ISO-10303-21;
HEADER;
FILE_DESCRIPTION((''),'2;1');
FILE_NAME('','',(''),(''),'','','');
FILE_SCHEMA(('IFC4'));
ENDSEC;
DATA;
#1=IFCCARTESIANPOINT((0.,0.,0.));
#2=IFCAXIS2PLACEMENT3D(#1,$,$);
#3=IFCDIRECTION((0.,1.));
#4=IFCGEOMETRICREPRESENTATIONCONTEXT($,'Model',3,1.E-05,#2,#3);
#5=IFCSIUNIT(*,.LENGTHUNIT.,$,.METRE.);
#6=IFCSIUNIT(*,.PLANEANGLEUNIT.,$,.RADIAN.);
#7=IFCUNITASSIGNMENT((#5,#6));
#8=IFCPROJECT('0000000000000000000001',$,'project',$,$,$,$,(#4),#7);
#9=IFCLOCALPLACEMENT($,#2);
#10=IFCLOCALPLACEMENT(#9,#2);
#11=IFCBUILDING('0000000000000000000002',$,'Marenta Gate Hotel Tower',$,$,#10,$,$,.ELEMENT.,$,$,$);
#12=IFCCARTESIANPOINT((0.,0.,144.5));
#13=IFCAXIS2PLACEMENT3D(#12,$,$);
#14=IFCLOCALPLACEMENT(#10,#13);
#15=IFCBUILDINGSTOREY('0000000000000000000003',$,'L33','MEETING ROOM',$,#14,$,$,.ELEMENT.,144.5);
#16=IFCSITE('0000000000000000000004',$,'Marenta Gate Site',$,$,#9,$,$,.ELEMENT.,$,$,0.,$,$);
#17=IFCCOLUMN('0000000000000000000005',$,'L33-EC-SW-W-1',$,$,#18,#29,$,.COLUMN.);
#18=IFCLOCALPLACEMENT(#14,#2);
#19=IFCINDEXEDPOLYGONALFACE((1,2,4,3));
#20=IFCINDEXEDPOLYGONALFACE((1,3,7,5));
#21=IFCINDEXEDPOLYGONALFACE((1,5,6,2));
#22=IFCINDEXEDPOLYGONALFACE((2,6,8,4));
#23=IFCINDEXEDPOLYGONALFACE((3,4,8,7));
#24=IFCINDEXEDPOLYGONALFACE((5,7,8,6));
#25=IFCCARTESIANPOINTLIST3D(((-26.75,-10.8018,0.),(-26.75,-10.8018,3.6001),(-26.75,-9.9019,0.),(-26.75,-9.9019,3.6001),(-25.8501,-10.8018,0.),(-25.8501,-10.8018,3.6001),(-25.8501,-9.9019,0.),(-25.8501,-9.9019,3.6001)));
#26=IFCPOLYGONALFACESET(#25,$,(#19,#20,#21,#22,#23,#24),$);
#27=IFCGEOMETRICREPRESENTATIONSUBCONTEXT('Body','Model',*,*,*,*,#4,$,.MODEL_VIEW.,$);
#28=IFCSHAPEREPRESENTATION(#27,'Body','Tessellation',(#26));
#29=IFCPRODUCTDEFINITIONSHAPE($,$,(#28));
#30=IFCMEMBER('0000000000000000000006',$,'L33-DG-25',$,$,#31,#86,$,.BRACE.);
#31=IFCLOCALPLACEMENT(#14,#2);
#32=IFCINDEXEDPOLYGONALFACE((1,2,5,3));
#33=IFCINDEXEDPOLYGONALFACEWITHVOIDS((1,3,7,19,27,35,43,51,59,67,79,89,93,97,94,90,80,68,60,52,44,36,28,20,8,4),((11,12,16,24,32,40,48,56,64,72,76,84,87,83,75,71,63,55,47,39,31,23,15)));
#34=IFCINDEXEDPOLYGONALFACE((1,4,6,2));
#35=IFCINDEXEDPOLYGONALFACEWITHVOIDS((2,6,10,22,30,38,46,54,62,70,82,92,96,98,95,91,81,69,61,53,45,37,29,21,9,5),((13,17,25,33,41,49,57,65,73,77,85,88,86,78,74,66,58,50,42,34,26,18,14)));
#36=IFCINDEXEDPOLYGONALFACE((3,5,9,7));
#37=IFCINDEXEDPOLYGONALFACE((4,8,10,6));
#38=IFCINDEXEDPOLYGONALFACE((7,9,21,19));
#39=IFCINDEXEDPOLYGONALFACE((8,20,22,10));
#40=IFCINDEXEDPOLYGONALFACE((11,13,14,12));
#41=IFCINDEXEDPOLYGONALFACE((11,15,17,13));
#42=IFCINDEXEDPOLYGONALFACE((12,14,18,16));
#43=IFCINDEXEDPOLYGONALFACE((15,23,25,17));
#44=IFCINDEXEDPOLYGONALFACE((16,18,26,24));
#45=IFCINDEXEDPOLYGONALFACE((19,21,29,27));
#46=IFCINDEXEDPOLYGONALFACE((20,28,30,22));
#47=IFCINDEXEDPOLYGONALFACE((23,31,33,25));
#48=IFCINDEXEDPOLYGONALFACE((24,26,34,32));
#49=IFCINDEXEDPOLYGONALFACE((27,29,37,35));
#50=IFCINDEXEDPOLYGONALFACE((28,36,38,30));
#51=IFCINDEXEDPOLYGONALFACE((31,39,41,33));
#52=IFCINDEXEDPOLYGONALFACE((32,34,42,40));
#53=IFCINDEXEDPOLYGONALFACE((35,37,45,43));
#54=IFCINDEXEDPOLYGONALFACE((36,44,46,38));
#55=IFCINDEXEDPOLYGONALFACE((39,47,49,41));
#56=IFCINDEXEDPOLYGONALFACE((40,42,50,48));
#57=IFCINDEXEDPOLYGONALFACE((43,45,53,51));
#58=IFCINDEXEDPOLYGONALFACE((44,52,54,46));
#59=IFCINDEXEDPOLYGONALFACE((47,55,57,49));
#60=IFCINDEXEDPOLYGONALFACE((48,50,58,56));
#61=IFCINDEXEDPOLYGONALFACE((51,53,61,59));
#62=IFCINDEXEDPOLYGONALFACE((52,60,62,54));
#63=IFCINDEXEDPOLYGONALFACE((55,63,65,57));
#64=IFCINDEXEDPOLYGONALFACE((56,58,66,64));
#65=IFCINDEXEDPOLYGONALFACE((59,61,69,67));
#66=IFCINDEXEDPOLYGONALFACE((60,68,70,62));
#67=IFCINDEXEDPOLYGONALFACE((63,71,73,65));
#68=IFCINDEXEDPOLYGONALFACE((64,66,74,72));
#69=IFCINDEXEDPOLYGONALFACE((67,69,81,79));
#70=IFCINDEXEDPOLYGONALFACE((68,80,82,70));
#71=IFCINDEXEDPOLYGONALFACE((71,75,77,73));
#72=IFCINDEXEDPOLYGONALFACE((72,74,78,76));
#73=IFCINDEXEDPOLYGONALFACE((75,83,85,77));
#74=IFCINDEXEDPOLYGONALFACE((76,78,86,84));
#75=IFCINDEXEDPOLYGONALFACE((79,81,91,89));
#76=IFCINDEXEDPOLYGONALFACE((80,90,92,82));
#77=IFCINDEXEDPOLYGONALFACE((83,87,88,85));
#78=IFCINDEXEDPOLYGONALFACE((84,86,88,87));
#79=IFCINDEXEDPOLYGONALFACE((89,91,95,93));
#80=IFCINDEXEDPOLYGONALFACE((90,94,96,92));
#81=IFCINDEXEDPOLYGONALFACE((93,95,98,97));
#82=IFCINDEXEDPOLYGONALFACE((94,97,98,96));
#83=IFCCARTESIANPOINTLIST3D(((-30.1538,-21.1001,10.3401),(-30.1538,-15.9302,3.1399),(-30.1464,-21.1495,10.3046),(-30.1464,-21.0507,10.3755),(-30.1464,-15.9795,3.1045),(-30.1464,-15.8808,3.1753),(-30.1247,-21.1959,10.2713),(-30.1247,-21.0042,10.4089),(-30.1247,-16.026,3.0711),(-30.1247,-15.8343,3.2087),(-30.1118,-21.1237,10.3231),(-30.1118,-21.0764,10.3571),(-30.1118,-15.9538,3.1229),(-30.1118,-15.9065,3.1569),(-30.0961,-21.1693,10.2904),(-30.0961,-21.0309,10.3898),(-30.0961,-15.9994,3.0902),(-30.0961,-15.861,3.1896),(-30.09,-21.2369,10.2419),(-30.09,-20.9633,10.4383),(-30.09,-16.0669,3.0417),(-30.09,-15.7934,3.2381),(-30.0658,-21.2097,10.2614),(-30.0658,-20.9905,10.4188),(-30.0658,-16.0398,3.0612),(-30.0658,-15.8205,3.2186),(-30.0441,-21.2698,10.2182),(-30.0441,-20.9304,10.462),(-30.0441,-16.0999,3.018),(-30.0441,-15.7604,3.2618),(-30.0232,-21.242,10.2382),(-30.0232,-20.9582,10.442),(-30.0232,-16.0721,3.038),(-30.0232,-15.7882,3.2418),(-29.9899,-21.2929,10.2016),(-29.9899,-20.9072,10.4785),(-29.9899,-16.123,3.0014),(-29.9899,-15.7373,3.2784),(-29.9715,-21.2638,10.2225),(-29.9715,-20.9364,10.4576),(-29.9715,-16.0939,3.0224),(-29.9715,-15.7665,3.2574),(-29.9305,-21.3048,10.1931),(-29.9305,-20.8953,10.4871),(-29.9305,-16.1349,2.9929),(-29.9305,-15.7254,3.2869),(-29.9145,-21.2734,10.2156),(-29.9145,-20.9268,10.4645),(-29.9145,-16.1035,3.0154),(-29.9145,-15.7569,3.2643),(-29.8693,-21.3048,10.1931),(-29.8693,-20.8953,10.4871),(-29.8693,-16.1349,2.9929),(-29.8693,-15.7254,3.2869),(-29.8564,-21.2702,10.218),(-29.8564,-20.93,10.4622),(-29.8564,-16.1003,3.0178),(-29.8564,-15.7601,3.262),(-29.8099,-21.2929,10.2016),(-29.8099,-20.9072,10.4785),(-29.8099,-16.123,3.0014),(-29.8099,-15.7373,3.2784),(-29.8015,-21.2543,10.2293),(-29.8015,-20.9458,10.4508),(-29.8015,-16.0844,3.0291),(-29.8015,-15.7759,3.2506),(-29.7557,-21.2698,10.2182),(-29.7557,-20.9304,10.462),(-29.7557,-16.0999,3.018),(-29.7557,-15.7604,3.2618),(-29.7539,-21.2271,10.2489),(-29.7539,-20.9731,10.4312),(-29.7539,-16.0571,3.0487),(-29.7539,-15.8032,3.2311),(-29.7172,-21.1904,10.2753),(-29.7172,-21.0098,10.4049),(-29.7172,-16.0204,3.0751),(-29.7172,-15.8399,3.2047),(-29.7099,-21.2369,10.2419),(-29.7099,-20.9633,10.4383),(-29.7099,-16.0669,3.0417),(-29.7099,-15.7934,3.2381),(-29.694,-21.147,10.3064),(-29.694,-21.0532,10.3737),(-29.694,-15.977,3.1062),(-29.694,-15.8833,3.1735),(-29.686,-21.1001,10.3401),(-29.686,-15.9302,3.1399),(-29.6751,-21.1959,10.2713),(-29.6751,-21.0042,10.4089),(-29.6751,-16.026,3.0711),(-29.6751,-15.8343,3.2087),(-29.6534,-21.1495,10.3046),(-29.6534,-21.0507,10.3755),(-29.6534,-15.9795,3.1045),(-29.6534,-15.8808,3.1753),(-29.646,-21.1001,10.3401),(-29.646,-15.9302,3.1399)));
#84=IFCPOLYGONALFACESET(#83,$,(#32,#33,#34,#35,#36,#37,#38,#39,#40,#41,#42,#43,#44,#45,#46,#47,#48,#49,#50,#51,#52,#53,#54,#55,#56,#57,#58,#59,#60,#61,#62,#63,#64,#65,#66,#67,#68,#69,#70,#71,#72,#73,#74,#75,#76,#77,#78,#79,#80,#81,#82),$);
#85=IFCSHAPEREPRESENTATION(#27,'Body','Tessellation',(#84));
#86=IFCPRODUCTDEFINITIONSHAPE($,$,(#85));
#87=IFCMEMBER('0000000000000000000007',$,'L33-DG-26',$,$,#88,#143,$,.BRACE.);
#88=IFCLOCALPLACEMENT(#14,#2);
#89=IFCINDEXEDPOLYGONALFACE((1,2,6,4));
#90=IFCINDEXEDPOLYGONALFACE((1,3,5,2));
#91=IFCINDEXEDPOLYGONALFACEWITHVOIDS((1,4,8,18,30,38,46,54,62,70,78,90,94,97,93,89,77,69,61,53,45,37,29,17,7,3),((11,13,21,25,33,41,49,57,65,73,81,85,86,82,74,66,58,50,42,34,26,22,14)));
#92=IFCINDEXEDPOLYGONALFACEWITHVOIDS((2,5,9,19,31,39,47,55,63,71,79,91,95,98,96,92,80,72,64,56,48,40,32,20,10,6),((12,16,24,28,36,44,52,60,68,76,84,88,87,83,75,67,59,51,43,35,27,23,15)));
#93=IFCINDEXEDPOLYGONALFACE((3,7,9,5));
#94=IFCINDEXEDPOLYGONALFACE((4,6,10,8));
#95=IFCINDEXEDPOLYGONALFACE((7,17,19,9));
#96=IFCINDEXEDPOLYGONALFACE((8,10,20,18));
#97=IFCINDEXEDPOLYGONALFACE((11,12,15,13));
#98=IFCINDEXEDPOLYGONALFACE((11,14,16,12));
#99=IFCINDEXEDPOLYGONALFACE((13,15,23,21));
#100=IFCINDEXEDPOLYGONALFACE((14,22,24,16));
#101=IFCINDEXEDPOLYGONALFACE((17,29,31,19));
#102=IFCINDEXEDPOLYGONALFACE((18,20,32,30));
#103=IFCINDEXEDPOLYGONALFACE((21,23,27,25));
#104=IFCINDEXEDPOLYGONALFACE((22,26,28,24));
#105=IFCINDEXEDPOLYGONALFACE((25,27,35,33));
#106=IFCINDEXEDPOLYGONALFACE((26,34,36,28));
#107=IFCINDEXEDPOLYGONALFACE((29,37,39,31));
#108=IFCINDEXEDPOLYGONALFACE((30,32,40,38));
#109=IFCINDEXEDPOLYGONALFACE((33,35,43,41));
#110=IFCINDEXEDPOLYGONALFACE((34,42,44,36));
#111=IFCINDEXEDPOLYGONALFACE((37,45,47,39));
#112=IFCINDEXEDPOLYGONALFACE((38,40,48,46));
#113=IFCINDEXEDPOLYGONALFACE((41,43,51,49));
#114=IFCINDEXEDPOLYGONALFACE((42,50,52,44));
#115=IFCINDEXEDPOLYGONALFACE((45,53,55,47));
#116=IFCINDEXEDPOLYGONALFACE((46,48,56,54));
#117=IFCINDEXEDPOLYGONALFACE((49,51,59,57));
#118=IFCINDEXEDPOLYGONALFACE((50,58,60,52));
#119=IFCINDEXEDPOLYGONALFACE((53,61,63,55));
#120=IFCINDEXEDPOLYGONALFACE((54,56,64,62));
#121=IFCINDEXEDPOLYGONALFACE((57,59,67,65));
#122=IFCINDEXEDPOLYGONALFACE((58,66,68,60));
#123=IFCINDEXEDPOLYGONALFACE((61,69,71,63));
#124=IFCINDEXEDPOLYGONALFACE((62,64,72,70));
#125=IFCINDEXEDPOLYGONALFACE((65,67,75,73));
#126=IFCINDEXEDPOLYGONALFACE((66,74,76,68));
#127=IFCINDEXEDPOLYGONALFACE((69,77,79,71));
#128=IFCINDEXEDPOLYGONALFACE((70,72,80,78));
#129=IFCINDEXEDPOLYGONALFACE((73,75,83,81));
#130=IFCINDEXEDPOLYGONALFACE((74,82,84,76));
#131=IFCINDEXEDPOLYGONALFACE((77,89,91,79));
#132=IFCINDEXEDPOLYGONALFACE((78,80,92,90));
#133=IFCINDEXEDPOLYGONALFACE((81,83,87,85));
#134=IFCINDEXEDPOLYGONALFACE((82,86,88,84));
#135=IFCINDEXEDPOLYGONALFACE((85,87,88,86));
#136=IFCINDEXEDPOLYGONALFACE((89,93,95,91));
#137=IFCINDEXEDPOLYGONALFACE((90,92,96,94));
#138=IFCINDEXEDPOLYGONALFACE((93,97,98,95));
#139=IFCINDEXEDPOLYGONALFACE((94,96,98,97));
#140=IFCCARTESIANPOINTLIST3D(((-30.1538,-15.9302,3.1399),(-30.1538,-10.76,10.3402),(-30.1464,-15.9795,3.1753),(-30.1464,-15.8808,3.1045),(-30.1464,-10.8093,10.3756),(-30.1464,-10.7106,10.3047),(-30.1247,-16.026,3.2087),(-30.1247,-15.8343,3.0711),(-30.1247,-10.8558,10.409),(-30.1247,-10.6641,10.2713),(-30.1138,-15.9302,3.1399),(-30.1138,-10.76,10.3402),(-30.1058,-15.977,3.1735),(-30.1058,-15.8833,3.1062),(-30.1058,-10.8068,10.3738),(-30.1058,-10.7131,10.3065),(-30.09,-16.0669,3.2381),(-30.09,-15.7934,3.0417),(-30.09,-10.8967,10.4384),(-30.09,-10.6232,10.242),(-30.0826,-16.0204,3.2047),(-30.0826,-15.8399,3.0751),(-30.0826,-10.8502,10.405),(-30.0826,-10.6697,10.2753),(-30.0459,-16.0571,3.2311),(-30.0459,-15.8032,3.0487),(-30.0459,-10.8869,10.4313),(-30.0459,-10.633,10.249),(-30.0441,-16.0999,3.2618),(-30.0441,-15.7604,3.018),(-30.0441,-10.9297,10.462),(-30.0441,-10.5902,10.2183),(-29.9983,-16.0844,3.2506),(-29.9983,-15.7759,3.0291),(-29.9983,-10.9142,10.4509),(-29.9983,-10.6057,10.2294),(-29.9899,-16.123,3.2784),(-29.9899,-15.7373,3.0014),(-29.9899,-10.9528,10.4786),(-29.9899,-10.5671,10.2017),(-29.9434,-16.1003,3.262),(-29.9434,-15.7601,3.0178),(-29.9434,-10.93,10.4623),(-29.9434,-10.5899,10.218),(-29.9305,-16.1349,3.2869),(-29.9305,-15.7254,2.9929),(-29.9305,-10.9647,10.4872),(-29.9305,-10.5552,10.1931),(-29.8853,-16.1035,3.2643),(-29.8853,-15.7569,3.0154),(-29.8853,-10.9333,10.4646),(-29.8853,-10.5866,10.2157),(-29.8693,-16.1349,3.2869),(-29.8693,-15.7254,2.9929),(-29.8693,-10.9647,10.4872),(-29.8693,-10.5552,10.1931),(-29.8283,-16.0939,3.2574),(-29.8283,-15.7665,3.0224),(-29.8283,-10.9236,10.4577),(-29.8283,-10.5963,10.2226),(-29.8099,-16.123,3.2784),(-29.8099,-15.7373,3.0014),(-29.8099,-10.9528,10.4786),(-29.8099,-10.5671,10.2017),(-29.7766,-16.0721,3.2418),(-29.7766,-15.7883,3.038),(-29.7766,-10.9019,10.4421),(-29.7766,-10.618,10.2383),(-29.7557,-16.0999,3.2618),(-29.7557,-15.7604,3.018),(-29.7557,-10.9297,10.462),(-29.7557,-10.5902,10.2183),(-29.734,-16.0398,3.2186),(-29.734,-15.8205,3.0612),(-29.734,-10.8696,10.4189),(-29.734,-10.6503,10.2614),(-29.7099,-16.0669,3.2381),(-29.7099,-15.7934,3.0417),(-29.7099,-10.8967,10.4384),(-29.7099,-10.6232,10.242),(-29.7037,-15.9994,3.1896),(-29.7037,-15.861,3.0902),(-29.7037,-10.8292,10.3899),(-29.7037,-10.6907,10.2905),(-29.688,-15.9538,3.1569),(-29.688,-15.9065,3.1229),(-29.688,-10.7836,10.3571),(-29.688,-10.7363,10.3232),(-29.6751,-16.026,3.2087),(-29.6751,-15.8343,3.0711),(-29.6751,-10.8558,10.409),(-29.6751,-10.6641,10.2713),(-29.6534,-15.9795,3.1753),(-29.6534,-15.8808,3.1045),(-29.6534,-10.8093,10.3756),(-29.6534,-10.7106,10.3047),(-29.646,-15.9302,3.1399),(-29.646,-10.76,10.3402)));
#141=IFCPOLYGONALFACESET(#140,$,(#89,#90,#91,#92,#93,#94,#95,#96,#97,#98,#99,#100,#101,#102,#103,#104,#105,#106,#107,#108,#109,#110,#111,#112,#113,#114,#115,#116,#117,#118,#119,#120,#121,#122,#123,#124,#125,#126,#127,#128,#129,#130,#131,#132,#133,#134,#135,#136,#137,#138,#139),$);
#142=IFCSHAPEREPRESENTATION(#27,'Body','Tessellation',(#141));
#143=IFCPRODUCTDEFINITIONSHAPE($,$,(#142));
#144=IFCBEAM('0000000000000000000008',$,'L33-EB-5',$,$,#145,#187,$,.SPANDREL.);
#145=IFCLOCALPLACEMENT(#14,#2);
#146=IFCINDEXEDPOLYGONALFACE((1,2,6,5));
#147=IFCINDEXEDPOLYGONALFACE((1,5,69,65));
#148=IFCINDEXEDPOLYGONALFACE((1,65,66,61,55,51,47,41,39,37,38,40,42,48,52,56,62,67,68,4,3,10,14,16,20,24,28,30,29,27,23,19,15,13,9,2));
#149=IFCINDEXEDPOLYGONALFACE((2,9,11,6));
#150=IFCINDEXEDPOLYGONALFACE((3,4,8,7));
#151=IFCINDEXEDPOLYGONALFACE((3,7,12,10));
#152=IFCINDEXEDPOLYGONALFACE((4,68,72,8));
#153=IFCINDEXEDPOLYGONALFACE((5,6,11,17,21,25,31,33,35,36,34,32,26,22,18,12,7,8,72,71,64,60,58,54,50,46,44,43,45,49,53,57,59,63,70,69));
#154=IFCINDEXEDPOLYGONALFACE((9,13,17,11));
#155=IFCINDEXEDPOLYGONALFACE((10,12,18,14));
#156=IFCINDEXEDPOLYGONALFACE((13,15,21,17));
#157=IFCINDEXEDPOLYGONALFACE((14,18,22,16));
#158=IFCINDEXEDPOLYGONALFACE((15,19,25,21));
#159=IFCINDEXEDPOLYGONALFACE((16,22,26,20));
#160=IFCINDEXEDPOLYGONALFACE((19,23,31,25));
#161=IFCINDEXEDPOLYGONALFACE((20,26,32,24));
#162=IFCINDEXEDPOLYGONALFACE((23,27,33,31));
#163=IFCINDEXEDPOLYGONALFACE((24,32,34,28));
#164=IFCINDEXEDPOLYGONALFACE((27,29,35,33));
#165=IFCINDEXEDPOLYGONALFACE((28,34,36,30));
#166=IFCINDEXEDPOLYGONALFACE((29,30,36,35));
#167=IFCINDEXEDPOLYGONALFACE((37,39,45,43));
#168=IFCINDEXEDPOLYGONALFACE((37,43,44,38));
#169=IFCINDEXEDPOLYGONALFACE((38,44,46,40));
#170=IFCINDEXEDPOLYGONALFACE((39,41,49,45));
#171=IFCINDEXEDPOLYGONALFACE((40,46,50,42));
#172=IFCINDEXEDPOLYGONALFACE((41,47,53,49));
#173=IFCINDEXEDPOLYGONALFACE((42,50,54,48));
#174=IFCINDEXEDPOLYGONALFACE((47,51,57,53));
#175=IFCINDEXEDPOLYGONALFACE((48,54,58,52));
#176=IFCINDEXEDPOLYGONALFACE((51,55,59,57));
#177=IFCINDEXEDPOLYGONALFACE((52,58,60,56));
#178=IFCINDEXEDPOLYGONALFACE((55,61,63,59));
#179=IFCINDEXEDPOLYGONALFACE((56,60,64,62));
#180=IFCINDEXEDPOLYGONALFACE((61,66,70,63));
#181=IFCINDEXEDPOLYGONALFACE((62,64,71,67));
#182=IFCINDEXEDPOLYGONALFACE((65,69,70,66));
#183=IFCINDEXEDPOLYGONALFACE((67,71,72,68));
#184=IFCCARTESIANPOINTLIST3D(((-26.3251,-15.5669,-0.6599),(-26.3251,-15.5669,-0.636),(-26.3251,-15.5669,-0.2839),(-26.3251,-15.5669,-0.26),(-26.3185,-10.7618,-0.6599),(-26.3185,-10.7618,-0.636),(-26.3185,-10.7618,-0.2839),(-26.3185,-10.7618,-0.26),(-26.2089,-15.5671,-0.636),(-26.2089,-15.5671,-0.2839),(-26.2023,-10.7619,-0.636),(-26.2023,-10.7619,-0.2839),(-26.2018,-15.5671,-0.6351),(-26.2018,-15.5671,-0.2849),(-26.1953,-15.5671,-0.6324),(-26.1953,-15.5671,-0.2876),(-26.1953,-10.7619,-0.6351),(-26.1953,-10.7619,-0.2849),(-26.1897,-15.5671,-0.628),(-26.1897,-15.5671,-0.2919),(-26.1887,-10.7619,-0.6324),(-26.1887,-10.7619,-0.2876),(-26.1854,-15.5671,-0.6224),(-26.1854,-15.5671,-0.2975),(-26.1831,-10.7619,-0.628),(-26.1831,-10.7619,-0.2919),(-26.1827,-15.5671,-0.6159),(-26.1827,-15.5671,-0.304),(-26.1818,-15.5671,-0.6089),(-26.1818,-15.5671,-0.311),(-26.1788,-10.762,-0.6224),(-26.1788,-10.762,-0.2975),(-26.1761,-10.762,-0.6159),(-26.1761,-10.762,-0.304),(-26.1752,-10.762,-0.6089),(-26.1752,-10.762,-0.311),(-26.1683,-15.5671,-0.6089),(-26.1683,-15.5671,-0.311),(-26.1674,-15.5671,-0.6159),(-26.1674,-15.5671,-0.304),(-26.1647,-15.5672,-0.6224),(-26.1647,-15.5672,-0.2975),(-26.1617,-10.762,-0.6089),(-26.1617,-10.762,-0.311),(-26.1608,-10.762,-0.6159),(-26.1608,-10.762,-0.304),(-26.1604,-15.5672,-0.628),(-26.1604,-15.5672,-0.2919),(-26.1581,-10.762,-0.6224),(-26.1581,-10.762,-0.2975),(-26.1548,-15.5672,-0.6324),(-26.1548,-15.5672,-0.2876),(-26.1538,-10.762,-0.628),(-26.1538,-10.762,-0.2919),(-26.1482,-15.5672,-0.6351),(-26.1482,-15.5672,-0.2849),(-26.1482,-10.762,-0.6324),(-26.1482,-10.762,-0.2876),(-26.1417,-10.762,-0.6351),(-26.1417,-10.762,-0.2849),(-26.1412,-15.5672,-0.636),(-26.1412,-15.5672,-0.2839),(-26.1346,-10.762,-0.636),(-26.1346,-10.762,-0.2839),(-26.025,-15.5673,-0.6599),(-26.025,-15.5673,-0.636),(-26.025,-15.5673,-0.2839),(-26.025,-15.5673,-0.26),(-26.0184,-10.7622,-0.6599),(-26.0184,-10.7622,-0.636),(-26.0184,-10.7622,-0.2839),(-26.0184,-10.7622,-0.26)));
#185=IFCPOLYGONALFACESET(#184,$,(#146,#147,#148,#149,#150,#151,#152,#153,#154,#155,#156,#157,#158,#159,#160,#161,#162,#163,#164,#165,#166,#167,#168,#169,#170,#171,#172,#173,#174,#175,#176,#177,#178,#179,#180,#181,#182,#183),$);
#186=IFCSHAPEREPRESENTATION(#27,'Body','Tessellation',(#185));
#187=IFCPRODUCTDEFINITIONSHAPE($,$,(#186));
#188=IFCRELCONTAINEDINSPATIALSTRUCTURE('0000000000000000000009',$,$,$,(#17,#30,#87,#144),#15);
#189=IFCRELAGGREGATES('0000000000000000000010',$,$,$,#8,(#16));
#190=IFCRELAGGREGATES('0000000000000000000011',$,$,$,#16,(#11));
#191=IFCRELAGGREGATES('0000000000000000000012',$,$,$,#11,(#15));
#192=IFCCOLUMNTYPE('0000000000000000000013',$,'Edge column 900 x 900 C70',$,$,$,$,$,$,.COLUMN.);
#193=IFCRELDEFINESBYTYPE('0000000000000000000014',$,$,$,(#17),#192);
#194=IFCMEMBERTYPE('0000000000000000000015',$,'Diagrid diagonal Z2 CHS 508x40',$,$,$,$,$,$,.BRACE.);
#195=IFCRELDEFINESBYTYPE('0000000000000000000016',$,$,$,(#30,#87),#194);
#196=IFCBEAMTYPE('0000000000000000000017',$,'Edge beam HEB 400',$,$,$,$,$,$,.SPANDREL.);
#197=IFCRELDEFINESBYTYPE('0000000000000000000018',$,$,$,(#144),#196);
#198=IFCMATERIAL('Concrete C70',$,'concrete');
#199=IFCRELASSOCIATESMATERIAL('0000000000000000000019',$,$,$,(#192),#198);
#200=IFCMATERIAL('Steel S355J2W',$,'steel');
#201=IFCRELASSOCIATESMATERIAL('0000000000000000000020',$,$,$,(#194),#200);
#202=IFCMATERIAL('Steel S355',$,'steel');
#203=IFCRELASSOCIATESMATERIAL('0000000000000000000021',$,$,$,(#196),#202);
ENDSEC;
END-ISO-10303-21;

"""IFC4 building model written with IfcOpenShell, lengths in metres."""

from ifc_helpers import new_model, si_unit, direction, frame, origin, origin_2d, place, context, subcontext, project, spatial, rectangle, hollow_circle, i_section, extrude, material, material_profile, profile_set, type_object, element, save


model = new_model("IFC4")

# Units and contexts
model_context = context("Model", 3, precision=1e-05, world=origin(), true_north=direction((0.0, 1.0)))
body_context = subcontext(model_context, "Body", "Model", "MODEL_VIEW")
ifc_project = project(units=[si_unit("LENGTHUNIT", "METRE"), si_unit("PLANEANGLEUNIT", "RADIAN")], contexts=[model_context])

# Site, building, storey
site_placement = place(None, origin())
site = spatial("IfcSite", under=ifc_project, at=site_placement, Name="Marenta Gate Site", CompositionType="ELEMENT", RefElevation=0.0)
building_placement = place(site_placement, origin())
building = spatial("IfcBuilding", under=site, at=building_placement, Name="Marenta Gate Hotel Tower", CompositionType="ELEMENT")
storey_placement = place(building_placement, frame((0.0, 0.0, 144.5)))
storey = spatial("IfcBuildingStorey", under=building, at=storey_placement, Name="L33", Description="MEETING ROOM", CompositionType="ELEMENT", Elevation=144.5)

# Column
ifc_material_1 = material(Name="Concrete C70", Category="concrete")
ifc_material_profile_1 = material_profile(ifc_material_1, rectangle(XDim=0.8999, YDim=0.8999, at=origin_2d()), Name="900 x 900")
ifc_profile_set_1 = profile_set([ifc_material_profile_1], Name="Concrete C70")
column_type = type_object("IfcColumnType", Name="Edge column 900 x 900 C70", PredefinedType="COLUMN", material=ifc_profile_set_1)
column_placement = place(storey_placement, frame((-26.3, -10.3518, 0.0), z_axis=(0.0, 0.0, 1.0), x_axis=(1.0, 0.0, 0.0)))
element("IfcColumn", 1, at=column_placement, inside=storey, type_object=column_type, Name="L33-EC-SW-W-1", PredefinedType="COLUMN", context=body_context, shape_type="SweptSolid", body=[
    extrude(rectangle(XDim=0.8999, YDim=0.8999, at=origin_2d()), origin(), (0.0, 0.0, 1.0), 3.6001),
])

# Members
ifc_material_2 = material(Name="Steel S355J2W", Category="steel")
ifc_material_profile_2 = material_profile(ifc_material_2, hollow_circle(Radius=0.2539, WallThickness=0.04, at=origin_2d()), Name="CHS 508x40")
ifc_profile_set_2 = profile_set([ifc_material_profile_2], Name="Steel S355J2W")
member_type_1 = type_object("IfcMemberType", Name="Diagrid diagonal Z2 CHS 508x40", PredefinedType="BRACE", material=ifc_profile_set_2)
member_1_placement = place(storey_placement, frame((-29.8999, -15.9302, 3.1399), z_axis=(0.0, -0.583248, 0.812294), x_axis=(1.0, 0.0, 0.0)))
element("IfcMember", 2, at=member_1_placement, inside=storey, type_object=member_type_1, Name="L33-DG-25", PredefinedType="BRACE", context=body_context, shape_type="SweptSolid", body=[
    extrude(hollow_circle(Radius=0.2539, WallThickness=0.04, at=origin_2d()), origin(), (0.0, 0.0, 1.0), 8.864),
])
member_2_placement = place(storey_placement, frame((-29.8999, -15.9302, 3.1399), z_axis=(0.0, 0.583266, 0.812281), x_axis=(-1.0, 0.0, 0.0)))
element("IfcMember", 3, at=member_2_placement, inside=storey, type_object=member_type_1, Name="L33-DG-26", PredefinedType="BRACE", context=body_context, shape_type="SweptSolid", body=[
    extrude(hollow_circle(Radius=0.2539, WallThickness=0.04, at=origin_2d()), origin(), (0.0, 0.0, 1.0), 8.8643),
])

# Beam
ifc_material_3 = material(Name="Steel S355", Category="steel")
ifc_material_profile_3 = material_profile(ifc_material_3, i_section(OverallWidth=0.3, OverallDepth=0.3999, WebThickness=0.0134, FlangeThickness=0.0239, FilletRadius=0.0271, at=origin_2d()), Name="HEB 400")
ifc_profile_set_3 = profile_set([ifc_material_profile_3], Name="Steel S355")
beam_type_1 = type_object("IfcBeamType", Name="Edge beam HEB 400", PredefinedType="SPANDREL", material=ifc_profile_set_3)
beam_1_placement = place(storey_placement, frame((-26.175, -15.5671, -0.46), z_axis=(0.001372, 0.999999, 0.0), x_axis=(-0.999999, 0.001372, 0.0)))
element("IfcBeam", 4, at=beam_1_placement, inside=storey, type_object=beam_type_1, Name="L33-EB-5", PredefinedType="SPANDREL", context=body_context, shape_type="SweptSolid", body=[
    extrude(i_section(OverallWidth=0.3, OverallDepth=0.3999, WebThickness=0.0134, FlangeThickness=0.0239, FilletRadius=0.0271, at=origin_2d()), origin(), (0.0, 0.0, 1.0), 4.8052),
])

save(model, "model.ifc")
